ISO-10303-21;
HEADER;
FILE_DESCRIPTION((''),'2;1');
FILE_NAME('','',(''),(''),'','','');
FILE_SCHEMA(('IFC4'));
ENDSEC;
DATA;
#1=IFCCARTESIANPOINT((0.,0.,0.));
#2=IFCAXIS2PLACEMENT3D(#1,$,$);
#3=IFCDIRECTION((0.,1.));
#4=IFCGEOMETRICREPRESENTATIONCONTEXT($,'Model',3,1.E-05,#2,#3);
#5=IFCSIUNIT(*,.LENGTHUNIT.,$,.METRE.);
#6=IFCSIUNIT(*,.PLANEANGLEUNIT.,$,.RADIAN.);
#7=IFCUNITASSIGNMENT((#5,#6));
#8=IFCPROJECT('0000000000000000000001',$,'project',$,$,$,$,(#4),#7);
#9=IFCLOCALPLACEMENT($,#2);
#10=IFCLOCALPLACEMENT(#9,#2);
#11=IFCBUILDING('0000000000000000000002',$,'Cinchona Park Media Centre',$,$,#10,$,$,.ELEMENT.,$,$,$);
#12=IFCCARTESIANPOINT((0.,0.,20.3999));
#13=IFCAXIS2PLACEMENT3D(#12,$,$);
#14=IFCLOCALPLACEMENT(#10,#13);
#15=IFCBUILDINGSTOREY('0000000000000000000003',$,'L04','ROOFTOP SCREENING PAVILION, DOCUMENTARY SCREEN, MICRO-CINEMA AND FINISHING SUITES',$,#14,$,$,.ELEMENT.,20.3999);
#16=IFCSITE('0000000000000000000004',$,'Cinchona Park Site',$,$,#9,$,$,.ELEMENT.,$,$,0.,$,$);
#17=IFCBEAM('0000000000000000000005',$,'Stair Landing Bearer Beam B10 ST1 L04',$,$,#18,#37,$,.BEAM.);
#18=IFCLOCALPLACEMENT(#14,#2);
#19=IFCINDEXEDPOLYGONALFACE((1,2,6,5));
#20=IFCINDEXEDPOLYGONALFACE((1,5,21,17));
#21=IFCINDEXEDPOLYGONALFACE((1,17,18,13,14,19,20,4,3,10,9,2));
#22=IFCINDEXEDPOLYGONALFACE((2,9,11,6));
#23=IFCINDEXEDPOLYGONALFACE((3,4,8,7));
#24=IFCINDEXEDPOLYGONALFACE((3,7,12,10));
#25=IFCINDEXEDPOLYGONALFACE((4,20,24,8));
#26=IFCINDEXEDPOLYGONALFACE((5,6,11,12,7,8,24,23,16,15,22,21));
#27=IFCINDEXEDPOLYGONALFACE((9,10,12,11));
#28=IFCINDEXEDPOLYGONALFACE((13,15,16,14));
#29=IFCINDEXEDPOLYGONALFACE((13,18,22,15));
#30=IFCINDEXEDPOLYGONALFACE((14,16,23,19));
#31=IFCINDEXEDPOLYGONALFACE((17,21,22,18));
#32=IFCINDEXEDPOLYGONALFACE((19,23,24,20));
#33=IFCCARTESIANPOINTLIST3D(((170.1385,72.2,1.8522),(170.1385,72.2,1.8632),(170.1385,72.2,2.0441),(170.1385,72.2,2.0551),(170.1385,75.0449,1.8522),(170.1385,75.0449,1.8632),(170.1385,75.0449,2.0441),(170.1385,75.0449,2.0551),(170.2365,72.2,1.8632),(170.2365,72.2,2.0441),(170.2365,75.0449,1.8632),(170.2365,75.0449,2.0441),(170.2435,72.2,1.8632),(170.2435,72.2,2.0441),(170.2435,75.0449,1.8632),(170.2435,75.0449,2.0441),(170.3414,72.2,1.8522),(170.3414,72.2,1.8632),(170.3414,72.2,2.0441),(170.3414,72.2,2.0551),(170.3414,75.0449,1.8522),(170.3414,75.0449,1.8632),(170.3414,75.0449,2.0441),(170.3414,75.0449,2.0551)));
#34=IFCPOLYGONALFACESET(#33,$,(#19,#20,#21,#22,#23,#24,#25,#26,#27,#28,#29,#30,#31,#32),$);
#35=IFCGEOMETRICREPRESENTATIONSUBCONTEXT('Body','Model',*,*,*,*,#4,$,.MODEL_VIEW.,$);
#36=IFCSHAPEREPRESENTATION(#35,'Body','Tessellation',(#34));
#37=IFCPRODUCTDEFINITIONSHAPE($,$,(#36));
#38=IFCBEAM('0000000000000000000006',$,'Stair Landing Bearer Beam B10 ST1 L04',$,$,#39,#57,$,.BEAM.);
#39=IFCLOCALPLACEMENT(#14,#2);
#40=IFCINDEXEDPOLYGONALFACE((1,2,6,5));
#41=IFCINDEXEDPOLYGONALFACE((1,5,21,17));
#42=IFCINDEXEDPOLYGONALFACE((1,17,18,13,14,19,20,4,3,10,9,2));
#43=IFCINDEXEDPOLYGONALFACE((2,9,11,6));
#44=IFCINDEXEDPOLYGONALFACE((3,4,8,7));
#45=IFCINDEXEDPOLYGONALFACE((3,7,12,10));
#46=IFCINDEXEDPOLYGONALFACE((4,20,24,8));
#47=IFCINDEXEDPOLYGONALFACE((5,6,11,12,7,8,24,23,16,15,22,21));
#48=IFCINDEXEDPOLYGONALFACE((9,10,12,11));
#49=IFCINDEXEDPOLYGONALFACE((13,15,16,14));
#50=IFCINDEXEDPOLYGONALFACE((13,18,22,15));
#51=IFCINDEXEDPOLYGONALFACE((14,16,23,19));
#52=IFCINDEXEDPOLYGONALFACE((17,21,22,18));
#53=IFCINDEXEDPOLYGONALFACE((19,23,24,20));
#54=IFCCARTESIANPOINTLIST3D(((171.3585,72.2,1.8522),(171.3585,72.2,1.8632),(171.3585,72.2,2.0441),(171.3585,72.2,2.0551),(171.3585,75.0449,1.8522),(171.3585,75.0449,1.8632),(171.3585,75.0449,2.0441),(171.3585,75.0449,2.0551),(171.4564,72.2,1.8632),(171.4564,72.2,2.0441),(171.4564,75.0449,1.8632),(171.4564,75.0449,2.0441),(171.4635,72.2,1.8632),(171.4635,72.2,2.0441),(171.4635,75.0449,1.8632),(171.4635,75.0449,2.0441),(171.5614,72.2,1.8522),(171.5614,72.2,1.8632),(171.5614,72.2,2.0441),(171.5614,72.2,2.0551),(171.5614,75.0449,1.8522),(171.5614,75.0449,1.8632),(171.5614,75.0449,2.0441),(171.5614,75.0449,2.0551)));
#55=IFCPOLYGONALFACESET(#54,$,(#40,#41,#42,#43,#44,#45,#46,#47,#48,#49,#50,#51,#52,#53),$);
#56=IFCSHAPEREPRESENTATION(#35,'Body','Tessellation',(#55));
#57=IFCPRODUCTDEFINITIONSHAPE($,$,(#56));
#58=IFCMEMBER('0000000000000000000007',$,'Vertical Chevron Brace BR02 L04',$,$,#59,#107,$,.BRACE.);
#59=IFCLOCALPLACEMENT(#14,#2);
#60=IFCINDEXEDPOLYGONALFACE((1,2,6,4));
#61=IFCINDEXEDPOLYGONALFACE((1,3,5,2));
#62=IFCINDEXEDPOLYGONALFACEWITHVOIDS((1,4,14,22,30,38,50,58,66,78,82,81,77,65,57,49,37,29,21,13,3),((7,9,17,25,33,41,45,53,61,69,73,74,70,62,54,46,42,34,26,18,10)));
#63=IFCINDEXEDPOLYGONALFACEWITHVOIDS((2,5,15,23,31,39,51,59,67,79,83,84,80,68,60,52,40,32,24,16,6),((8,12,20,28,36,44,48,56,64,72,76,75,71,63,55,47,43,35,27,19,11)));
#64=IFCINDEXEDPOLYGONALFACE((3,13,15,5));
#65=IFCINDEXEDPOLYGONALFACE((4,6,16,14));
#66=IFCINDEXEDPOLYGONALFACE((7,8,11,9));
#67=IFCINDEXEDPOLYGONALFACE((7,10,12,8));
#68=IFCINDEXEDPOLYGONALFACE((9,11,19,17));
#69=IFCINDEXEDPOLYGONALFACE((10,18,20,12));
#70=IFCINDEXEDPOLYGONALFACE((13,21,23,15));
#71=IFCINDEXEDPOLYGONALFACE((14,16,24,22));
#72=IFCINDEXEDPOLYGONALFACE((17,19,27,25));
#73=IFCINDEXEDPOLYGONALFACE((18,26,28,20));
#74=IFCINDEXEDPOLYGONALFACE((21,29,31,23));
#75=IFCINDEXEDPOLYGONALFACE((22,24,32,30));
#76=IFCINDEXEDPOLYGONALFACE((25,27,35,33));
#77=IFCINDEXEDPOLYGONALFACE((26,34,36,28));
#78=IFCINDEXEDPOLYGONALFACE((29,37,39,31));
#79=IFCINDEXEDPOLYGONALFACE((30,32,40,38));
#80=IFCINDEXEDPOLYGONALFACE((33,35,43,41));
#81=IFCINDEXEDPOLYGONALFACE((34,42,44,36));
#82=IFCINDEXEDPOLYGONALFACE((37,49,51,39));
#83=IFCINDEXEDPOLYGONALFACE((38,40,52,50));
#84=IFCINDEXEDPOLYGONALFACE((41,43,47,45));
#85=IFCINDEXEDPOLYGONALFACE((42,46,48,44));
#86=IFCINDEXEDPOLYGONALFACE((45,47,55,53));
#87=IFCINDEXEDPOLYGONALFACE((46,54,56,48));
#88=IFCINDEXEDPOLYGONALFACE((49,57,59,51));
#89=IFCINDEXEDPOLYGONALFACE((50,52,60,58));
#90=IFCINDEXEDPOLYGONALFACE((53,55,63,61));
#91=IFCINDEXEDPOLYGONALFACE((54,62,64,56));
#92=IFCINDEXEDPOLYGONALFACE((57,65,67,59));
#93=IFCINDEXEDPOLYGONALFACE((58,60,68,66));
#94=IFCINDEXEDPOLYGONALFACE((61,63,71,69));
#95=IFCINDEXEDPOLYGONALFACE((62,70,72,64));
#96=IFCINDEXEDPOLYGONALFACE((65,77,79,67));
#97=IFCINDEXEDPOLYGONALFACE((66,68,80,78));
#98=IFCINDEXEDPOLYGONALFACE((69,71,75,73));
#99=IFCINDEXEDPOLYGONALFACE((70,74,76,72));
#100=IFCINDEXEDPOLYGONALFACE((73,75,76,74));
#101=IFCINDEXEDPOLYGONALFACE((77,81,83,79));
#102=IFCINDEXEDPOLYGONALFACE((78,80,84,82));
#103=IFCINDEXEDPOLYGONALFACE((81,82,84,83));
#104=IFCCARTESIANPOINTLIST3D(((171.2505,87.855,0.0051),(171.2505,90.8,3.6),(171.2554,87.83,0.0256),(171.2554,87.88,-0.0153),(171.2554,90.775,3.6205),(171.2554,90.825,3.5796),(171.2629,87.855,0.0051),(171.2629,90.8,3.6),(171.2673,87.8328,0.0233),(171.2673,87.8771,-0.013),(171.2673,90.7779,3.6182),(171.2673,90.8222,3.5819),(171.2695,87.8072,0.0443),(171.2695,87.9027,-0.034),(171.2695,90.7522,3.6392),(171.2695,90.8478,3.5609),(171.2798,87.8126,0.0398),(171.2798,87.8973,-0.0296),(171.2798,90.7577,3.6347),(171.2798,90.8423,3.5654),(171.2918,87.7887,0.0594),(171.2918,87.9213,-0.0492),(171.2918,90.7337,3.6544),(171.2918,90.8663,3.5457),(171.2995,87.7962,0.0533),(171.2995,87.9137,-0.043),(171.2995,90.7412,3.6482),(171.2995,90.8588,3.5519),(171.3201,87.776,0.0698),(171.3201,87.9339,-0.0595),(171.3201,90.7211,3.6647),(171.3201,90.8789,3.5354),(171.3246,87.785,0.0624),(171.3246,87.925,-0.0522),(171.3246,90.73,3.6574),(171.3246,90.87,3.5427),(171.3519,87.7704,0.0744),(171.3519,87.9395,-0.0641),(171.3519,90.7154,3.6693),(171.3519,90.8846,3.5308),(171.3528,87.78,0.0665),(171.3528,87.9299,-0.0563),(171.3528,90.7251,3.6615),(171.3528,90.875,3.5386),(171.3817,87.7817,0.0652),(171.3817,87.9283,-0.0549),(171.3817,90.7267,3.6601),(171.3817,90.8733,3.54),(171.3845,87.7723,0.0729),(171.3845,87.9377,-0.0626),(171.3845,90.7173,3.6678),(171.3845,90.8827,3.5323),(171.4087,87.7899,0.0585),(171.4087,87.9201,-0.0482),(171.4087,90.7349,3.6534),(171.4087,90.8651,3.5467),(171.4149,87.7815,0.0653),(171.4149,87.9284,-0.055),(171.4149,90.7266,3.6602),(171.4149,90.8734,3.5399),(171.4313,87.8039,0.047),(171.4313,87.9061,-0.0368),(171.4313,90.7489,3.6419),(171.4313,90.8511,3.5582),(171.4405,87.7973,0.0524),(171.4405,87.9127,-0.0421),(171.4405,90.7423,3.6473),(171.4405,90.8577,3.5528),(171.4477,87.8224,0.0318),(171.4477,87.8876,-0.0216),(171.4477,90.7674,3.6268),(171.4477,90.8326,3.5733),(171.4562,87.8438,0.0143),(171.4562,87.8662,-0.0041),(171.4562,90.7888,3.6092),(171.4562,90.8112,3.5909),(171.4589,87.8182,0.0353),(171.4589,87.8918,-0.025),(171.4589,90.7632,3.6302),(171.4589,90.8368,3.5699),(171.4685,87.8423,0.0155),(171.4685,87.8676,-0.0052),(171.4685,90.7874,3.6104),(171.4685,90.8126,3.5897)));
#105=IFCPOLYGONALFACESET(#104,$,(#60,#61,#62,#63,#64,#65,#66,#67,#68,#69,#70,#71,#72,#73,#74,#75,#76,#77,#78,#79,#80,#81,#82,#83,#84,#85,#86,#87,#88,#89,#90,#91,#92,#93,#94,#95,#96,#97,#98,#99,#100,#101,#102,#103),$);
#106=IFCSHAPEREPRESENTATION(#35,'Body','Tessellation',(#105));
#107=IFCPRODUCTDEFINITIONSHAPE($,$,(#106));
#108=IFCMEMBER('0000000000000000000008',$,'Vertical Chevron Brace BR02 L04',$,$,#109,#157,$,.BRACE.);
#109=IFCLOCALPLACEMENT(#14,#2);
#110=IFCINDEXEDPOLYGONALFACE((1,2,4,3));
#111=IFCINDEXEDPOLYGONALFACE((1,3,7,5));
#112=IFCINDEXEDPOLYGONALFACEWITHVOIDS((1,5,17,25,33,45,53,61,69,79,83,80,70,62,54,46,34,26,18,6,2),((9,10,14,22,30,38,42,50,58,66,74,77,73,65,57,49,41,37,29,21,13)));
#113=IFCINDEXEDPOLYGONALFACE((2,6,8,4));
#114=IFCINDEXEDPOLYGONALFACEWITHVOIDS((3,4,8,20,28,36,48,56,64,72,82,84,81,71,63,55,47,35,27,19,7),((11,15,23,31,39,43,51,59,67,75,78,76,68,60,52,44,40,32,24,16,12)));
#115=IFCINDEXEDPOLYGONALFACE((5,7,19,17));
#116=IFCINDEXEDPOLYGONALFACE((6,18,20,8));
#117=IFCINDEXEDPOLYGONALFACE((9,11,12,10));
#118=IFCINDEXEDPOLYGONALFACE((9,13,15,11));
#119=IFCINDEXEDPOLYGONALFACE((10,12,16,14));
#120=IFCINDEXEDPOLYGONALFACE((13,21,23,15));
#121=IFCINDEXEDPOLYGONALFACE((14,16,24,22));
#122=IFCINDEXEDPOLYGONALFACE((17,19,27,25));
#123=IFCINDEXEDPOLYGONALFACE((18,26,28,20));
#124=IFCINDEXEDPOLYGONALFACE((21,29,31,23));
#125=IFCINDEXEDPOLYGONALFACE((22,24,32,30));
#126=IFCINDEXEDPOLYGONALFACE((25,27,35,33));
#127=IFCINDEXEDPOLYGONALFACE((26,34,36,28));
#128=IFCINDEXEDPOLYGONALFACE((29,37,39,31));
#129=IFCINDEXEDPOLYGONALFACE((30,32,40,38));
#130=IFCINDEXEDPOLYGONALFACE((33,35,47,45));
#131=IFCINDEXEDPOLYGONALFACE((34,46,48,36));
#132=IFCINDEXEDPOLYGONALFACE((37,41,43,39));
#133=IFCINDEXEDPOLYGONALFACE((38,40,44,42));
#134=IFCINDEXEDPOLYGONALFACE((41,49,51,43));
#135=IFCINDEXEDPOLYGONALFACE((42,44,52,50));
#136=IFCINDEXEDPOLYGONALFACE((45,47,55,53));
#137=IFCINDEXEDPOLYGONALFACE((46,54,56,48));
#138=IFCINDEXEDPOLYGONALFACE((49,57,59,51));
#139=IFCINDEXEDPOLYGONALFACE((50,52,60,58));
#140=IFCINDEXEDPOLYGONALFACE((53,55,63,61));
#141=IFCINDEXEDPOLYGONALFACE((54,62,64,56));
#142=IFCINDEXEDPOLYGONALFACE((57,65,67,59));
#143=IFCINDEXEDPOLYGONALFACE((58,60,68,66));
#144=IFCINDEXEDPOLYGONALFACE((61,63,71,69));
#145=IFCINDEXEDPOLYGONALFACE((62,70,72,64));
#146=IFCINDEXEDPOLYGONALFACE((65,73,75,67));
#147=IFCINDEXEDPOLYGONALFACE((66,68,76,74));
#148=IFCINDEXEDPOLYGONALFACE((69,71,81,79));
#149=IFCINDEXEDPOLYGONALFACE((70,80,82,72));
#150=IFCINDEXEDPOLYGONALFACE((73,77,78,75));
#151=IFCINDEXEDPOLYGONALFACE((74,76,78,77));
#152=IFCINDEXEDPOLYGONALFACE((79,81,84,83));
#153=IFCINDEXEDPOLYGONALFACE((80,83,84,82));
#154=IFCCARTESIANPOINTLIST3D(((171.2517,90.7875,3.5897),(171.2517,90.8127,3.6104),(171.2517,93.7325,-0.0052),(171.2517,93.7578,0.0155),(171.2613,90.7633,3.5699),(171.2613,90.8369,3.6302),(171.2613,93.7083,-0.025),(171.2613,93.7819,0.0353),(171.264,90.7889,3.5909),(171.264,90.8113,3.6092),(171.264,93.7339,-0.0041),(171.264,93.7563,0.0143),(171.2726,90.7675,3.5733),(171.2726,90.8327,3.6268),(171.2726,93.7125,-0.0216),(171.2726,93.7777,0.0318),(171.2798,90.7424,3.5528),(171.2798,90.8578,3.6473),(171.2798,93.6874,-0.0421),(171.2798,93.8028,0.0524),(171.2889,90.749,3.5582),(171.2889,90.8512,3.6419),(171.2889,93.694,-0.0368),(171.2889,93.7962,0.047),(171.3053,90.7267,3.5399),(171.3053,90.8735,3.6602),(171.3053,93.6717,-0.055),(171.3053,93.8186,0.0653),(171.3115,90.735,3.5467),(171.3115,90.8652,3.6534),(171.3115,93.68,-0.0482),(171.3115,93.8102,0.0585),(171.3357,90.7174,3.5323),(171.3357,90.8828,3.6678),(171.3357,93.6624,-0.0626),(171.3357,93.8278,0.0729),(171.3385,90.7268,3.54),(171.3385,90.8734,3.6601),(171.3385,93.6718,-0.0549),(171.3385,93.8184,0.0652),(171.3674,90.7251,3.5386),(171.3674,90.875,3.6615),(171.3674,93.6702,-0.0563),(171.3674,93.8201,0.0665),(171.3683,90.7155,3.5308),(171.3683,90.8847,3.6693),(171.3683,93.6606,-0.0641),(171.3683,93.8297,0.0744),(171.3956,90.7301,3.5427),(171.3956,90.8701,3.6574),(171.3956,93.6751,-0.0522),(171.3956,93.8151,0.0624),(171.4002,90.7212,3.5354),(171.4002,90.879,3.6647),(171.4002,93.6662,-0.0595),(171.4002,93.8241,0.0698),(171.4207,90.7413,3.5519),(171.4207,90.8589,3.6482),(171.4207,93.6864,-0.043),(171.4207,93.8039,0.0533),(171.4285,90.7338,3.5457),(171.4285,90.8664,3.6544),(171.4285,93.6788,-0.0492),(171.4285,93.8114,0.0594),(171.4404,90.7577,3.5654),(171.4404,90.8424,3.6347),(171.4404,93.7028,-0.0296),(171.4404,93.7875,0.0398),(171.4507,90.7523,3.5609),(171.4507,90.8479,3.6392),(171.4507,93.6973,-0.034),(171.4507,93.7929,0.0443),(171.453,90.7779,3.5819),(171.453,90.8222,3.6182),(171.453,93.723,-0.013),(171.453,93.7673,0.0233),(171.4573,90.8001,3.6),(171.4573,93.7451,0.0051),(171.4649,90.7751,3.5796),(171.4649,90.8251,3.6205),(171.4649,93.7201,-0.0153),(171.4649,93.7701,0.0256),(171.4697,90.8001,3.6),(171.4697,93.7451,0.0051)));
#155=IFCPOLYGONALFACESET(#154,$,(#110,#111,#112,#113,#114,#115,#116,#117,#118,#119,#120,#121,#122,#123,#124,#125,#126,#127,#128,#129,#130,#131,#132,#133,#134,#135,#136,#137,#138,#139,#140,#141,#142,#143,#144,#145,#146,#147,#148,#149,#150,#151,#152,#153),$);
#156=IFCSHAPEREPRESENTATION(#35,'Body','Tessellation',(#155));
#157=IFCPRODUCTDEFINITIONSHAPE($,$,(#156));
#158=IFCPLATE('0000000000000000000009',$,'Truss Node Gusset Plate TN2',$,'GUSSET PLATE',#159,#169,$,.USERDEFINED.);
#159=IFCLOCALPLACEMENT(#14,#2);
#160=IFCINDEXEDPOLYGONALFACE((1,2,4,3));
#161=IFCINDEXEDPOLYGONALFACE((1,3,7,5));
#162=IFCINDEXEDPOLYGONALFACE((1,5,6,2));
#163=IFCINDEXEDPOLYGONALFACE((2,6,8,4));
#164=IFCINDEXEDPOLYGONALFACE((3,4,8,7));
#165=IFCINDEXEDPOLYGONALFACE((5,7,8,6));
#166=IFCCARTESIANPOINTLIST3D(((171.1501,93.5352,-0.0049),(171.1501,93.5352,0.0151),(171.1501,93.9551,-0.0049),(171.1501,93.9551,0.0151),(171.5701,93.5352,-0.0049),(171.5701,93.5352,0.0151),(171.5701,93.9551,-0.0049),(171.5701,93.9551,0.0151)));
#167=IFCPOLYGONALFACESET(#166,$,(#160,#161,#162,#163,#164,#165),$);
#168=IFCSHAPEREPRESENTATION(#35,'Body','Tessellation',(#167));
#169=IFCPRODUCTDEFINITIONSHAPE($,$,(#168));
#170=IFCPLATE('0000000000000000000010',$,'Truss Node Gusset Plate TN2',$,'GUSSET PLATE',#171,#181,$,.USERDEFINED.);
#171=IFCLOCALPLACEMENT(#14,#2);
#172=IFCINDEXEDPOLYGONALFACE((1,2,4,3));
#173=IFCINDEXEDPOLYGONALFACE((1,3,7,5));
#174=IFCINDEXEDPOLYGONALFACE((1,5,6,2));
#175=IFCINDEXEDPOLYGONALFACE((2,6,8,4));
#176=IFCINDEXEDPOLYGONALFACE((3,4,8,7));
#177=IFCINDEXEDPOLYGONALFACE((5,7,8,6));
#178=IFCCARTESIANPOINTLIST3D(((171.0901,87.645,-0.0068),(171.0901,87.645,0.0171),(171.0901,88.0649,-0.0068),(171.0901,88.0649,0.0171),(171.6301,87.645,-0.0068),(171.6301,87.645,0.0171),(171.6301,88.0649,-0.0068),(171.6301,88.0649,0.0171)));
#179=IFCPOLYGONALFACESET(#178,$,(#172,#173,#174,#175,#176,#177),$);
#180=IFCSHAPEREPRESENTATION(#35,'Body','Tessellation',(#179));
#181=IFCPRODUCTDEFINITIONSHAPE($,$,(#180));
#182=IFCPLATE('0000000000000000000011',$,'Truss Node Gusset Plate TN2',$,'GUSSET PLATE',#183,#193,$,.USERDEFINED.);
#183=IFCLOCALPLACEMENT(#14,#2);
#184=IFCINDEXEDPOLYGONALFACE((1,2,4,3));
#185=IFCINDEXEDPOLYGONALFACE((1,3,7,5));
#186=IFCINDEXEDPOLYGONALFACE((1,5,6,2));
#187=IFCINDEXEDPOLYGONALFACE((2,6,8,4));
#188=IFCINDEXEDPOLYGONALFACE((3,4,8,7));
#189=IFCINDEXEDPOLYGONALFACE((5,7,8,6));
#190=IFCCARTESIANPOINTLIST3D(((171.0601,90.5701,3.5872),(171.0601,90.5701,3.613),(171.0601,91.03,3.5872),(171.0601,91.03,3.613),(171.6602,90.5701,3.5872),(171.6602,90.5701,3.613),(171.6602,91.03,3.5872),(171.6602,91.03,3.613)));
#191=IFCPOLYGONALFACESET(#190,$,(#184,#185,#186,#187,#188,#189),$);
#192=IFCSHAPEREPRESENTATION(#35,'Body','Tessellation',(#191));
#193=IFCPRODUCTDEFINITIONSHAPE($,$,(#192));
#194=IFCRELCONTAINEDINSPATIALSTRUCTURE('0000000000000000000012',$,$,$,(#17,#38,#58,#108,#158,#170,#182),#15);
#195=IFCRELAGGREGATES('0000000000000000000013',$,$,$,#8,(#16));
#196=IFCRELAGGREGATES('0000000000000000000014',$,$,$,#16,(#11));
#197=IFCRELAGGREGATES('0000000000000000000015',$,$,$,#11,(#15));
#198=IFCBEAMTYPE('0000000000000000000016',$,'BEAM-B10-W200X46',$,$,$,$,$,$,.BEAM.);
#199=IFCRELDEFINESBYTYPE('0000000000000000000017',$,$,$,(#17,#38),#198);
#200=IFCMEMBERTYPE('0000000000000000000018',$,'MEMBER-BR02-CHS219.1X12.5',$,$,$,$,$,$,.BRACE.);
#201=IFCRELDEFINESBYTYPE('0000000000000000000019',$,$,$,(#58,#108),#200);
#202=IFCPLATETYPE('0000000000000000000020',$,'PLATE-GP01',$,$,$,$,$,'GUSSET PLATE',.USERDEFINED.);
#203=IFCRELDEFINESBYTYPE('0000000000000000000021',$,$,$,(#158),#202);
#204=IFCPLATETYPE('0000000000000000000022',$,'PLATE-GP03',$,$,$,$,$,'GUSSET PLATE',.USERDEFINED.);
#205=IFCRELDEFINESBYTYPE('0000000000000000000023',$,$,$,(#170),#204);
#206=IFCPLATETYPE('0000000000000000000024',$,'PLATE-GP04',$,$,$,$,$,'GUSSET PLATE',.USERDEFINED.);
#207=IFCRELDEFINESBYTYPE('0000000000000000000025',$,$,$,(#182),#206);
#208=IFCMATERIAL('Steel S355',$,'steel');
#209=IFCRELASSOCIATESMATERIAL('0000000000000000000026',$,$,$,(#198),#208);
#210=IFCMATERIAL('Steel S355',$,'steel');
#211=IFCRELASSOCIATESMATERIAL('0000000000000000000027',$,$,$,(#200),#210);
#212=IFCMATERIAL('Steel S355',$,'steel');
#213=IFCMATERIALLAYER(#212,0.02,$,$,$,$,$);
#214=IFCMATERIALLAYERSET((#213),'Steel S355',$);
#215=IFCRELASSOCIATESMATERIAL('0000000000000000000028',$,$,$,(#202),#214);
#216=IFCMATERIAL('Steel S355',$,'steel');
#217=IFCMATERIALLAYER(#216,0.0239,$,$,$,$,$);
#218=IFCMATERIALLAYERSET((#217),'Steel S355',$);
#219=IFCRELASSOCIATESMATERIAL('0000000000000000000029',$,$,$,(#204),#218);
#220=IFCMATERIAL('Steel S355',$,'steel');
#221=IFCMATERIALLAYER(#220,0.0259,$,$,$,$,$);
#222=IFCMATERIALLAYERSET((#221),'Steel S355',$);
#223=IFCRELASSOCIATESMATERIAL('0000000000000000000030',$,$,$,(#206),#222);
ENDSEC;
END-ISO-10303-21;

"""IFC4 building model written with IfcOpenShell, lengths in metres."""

from ifc_helpers import new_model, si_unit, direction, frame, origin, origin_2d, place, context, subcontext, project, spatial, rectangle, hollow_circle, i_section, extrude, material, layer, layer_set, material_profile, profile_set, type_object, element, save


model = new_model("IFC4")

# Units and contexts
model_context = context("Model", 3, precision=1e-05, world=origin(), true_north=direction((0.0, 1.0)))
body_context = subcontext(model_context, "Body", "Model", "MODEL_VIEW")
ifc_project = project(units=[si_unit("LENGTHUNIT", "METRE"), si_unit("PLANEANGLEUNIT", "RADIAN")], contexts=[model_context])

# Site, building, storey
site_placement = place(None, origin())
site = spatial("IfcSite", under=ifc_project, at=site_placement, Name="Cinchona Park Site", CompositionType="ELEMENT", RefElevation=0.0)
building_placement = place(site_placement, origin())
building = spatial("IfcBuilding", under=site, at=building_placement, Name="Cinchona Park Media Centre", CompositionType="ELEMENT")
storey_placement = place(building_placement, frame((0.0, 0.0, 20.3999)))
storey = spatial("IfcBuildingStorey", under=building, at=storey_placement, Name="L04", Description="ROOFTOP SCREENING PAVILION, DOCUMENTARY SCREEN, MICRO-CINEMA AND FINISHING SUITES", CompositionType="ELEMENT", Elevation=20.3999)

# Beams
ifc_material_1 = material(Name="Steel S355", Category="steel")
ifc_material_profile_1 = material_profile(ifc_material_1, i_section(OverallWidth=0.2029, OverallDepth=0.2029, WebThickness=0.0071, FlangeThickness=0.011, at=origin_2d()), Name="W200X46")
ifc_profile_set_1 = profile_set([ifc_material_profile_1], Name="Steel S355")
beam_type_1 = type_object("IfcBeamType", Name="BEAM-B10-W200X46", PredefinedType="BEAM", material=ifc_profile_set_1)
for number, where, z_axis, x_axis, name in (
    (1, (170.24, 75.0449, 1.9536), (0.0, -1.0, 0.0), (1.0, 0.0, 0.0), "Stair Landing Bearer Beam B10 ST1 L04"),
    (2, (171.46, 75.0449, 1.9536), (0.0, -1.0, 0.0), (1.0, 0.0, 0.0), "Stair Landing Bearer Beam B10 ST1 L04"),
):
    element("IfcBeam", number, at=place(storey_placement, frame(where, z_axis=z_axis, x_axis=x_axis)), inside=storey, type_object=beam_type_1, Name=name, PredefinedType="BEAM", context=body_context, shape_type="SweptSolid", body=[
        extrude(i_section(OverallWidth=0.2029, OverallDepth=0.2029, WebThickness=0.0071, FlangeThickness=0.011, at=origin_2d()), origin(), (0.0, 0.0, 1.0), 2.845),
    ])

# Members
ifc_material_2 = material(Name="Steel S355", Category="steel")
ifc_material_profile_2 = material_profile(ifc_material_2, hollow_circle(Radius=0.1096, WallThickness=0.0125, at=origin_2d()), Name="219.1X12.5CHS")
ifc_profile_set_2 = profile_set([ifc_material_profile_2], Name="Steel S355")
member_type = type_object("IfcMemberType", Name="MEMBER-BR02-CHS219.1X12.5", PredefinedType="BRACE", material=ifc_profile_set_2)
for number, where, z_axis, x_axis, name in (
    (3, (171.3601, 87.855, 0.0051), (0.0, 0.633718, 0.773564), (-1.0, 0.0, 0.0), "Vertical Chevron Brace BR02 L04"),
    (4, (171.3601, 93.7451, 0.0051), (0.0, -0.633718, 0.773564), (1.0, 0.0, 0.0), "Vertical Chevron Brace BR02 L04"),
):
    element("IfcMember", number, at=place(storey_placement, frame(where, z_axis=z_axis, x_axis=x_axis)), inside=storey, type_object=member_type, Name=name, PredefinedType="BRACE", context=body_context, shape_type="SweptSolid", body=[
        extrude(hollow_circle(Radius=0.1096, WallThickness=0.0125, at=origin_2d()), origin(), (0.0, 0.0, 1.0), 4.6472),
    ])

# Plates
ifc_material_3 = material(Name="Steel S355", Category="steel")
ifc_layer_1 = layer(ifc_material_3, 0.02)
ifc_layer_set_1 = layer_set([ifc_layer_1], Name="Steel S355")
plate_type_1 = type_object("IfcPlateType", Name="PLATE-GP01", ElementType="GUSSET PLATE", PredefinedType="USERDEFINED", material=ifc_layer_set_1)
plate_1_placement = place(storey_placement, frame((171.3601, 93.7451, -0.0049), z_axis=(0.0, 0.0, 1.0), x_axis=(1.0, 0.0, 0.0)))
element("IfcPlate", 5, at=plate_1_placement, inside=storey, type_object=plate_type_1, Name="Truss Node Gusset Plate TN2", ObjectType="GUSSET PLATE", PredefinedType="USERDEFINED", context=body_context, shape_type="SweptSolid", body=[
    extrude(rectangle(XDim=0.4199, YDim=0.4199, at=origin_2d()), origin(), (0.0, 0.0, 1.0), 0.02),
])
ifc_material_4 = material(Name="Steel S355", Category="steel")
ifc_layer_2 = layer(ifc_material_4, 0.0239)
ifc_layer_set_2 = layer_set([ifc_layer_2], Name="Steel S355")
plate_type_2 = type_object("IfcPlateType", Name="PLATE-GP03", ElementType="GUSSET PLATE", PredefinedType="USERDEFINED", material=ifc_layer_set_2)
plate_2_placement = place(storey_placement, frame((171.3601, 87.855, -0.0068), z_axis=(0.0, 0.0, 1.0), x_axis=(1.0, 0.0, 0.0)))
element("IfcPlate", 6, at=plate_2_placement, inside=storey, type_object=plate_type_2, Name="Truss Node Gusset Plate TN2", ObjectType="GUSSET PLATE", PredefinedType="USERDEFINED", context=body_context, shape_type="SweptSolid", body=[
    extrude(rectangle(XDim=0.54, YDim=0.4199, at=origin_2d()), origin(), (0.0, 0.0, 1.0), 0.0239),
])
ifc_material_5 = material(Name="Steel S355", Category="steel")
ifc_layer_3 = layer(ifc_material_5, 0.0259)
ifc_layer_set_3 = layer_set([ifc_layer_3], Name="Steel S355")
plate_type_3 = type_object("IfcPlateType", Name="PLATE-GP04", ElementType="GUSSET PLATE", PredefinedType="USERDEFINED", material=ifc_layer_set_3)
plate_3_placement = place(storey_placement, frame((171.3601, 90.8, 3.5872), z_axis=(0.0, 0.0, 1.0), x_axis=(1.0, 0.0, 0.0)))
element("IfcPlate", 7, at=plate_3_placement, inside=storey, type_object=plate_type_3, Name="Truss Node Gusset Plate TN2", ObjectType="GUSSET PLATE", PredefinedType="USERDEFINED", context=body_context, shape_type="SweptSolid", body=[
    extrude(rectangle(XDim=0.6001, YDim=0.46, at=origin_2d()), origin(), (0.0, 0.0, 1.0), 0.0259),
])

save(model, "model.ifc")
